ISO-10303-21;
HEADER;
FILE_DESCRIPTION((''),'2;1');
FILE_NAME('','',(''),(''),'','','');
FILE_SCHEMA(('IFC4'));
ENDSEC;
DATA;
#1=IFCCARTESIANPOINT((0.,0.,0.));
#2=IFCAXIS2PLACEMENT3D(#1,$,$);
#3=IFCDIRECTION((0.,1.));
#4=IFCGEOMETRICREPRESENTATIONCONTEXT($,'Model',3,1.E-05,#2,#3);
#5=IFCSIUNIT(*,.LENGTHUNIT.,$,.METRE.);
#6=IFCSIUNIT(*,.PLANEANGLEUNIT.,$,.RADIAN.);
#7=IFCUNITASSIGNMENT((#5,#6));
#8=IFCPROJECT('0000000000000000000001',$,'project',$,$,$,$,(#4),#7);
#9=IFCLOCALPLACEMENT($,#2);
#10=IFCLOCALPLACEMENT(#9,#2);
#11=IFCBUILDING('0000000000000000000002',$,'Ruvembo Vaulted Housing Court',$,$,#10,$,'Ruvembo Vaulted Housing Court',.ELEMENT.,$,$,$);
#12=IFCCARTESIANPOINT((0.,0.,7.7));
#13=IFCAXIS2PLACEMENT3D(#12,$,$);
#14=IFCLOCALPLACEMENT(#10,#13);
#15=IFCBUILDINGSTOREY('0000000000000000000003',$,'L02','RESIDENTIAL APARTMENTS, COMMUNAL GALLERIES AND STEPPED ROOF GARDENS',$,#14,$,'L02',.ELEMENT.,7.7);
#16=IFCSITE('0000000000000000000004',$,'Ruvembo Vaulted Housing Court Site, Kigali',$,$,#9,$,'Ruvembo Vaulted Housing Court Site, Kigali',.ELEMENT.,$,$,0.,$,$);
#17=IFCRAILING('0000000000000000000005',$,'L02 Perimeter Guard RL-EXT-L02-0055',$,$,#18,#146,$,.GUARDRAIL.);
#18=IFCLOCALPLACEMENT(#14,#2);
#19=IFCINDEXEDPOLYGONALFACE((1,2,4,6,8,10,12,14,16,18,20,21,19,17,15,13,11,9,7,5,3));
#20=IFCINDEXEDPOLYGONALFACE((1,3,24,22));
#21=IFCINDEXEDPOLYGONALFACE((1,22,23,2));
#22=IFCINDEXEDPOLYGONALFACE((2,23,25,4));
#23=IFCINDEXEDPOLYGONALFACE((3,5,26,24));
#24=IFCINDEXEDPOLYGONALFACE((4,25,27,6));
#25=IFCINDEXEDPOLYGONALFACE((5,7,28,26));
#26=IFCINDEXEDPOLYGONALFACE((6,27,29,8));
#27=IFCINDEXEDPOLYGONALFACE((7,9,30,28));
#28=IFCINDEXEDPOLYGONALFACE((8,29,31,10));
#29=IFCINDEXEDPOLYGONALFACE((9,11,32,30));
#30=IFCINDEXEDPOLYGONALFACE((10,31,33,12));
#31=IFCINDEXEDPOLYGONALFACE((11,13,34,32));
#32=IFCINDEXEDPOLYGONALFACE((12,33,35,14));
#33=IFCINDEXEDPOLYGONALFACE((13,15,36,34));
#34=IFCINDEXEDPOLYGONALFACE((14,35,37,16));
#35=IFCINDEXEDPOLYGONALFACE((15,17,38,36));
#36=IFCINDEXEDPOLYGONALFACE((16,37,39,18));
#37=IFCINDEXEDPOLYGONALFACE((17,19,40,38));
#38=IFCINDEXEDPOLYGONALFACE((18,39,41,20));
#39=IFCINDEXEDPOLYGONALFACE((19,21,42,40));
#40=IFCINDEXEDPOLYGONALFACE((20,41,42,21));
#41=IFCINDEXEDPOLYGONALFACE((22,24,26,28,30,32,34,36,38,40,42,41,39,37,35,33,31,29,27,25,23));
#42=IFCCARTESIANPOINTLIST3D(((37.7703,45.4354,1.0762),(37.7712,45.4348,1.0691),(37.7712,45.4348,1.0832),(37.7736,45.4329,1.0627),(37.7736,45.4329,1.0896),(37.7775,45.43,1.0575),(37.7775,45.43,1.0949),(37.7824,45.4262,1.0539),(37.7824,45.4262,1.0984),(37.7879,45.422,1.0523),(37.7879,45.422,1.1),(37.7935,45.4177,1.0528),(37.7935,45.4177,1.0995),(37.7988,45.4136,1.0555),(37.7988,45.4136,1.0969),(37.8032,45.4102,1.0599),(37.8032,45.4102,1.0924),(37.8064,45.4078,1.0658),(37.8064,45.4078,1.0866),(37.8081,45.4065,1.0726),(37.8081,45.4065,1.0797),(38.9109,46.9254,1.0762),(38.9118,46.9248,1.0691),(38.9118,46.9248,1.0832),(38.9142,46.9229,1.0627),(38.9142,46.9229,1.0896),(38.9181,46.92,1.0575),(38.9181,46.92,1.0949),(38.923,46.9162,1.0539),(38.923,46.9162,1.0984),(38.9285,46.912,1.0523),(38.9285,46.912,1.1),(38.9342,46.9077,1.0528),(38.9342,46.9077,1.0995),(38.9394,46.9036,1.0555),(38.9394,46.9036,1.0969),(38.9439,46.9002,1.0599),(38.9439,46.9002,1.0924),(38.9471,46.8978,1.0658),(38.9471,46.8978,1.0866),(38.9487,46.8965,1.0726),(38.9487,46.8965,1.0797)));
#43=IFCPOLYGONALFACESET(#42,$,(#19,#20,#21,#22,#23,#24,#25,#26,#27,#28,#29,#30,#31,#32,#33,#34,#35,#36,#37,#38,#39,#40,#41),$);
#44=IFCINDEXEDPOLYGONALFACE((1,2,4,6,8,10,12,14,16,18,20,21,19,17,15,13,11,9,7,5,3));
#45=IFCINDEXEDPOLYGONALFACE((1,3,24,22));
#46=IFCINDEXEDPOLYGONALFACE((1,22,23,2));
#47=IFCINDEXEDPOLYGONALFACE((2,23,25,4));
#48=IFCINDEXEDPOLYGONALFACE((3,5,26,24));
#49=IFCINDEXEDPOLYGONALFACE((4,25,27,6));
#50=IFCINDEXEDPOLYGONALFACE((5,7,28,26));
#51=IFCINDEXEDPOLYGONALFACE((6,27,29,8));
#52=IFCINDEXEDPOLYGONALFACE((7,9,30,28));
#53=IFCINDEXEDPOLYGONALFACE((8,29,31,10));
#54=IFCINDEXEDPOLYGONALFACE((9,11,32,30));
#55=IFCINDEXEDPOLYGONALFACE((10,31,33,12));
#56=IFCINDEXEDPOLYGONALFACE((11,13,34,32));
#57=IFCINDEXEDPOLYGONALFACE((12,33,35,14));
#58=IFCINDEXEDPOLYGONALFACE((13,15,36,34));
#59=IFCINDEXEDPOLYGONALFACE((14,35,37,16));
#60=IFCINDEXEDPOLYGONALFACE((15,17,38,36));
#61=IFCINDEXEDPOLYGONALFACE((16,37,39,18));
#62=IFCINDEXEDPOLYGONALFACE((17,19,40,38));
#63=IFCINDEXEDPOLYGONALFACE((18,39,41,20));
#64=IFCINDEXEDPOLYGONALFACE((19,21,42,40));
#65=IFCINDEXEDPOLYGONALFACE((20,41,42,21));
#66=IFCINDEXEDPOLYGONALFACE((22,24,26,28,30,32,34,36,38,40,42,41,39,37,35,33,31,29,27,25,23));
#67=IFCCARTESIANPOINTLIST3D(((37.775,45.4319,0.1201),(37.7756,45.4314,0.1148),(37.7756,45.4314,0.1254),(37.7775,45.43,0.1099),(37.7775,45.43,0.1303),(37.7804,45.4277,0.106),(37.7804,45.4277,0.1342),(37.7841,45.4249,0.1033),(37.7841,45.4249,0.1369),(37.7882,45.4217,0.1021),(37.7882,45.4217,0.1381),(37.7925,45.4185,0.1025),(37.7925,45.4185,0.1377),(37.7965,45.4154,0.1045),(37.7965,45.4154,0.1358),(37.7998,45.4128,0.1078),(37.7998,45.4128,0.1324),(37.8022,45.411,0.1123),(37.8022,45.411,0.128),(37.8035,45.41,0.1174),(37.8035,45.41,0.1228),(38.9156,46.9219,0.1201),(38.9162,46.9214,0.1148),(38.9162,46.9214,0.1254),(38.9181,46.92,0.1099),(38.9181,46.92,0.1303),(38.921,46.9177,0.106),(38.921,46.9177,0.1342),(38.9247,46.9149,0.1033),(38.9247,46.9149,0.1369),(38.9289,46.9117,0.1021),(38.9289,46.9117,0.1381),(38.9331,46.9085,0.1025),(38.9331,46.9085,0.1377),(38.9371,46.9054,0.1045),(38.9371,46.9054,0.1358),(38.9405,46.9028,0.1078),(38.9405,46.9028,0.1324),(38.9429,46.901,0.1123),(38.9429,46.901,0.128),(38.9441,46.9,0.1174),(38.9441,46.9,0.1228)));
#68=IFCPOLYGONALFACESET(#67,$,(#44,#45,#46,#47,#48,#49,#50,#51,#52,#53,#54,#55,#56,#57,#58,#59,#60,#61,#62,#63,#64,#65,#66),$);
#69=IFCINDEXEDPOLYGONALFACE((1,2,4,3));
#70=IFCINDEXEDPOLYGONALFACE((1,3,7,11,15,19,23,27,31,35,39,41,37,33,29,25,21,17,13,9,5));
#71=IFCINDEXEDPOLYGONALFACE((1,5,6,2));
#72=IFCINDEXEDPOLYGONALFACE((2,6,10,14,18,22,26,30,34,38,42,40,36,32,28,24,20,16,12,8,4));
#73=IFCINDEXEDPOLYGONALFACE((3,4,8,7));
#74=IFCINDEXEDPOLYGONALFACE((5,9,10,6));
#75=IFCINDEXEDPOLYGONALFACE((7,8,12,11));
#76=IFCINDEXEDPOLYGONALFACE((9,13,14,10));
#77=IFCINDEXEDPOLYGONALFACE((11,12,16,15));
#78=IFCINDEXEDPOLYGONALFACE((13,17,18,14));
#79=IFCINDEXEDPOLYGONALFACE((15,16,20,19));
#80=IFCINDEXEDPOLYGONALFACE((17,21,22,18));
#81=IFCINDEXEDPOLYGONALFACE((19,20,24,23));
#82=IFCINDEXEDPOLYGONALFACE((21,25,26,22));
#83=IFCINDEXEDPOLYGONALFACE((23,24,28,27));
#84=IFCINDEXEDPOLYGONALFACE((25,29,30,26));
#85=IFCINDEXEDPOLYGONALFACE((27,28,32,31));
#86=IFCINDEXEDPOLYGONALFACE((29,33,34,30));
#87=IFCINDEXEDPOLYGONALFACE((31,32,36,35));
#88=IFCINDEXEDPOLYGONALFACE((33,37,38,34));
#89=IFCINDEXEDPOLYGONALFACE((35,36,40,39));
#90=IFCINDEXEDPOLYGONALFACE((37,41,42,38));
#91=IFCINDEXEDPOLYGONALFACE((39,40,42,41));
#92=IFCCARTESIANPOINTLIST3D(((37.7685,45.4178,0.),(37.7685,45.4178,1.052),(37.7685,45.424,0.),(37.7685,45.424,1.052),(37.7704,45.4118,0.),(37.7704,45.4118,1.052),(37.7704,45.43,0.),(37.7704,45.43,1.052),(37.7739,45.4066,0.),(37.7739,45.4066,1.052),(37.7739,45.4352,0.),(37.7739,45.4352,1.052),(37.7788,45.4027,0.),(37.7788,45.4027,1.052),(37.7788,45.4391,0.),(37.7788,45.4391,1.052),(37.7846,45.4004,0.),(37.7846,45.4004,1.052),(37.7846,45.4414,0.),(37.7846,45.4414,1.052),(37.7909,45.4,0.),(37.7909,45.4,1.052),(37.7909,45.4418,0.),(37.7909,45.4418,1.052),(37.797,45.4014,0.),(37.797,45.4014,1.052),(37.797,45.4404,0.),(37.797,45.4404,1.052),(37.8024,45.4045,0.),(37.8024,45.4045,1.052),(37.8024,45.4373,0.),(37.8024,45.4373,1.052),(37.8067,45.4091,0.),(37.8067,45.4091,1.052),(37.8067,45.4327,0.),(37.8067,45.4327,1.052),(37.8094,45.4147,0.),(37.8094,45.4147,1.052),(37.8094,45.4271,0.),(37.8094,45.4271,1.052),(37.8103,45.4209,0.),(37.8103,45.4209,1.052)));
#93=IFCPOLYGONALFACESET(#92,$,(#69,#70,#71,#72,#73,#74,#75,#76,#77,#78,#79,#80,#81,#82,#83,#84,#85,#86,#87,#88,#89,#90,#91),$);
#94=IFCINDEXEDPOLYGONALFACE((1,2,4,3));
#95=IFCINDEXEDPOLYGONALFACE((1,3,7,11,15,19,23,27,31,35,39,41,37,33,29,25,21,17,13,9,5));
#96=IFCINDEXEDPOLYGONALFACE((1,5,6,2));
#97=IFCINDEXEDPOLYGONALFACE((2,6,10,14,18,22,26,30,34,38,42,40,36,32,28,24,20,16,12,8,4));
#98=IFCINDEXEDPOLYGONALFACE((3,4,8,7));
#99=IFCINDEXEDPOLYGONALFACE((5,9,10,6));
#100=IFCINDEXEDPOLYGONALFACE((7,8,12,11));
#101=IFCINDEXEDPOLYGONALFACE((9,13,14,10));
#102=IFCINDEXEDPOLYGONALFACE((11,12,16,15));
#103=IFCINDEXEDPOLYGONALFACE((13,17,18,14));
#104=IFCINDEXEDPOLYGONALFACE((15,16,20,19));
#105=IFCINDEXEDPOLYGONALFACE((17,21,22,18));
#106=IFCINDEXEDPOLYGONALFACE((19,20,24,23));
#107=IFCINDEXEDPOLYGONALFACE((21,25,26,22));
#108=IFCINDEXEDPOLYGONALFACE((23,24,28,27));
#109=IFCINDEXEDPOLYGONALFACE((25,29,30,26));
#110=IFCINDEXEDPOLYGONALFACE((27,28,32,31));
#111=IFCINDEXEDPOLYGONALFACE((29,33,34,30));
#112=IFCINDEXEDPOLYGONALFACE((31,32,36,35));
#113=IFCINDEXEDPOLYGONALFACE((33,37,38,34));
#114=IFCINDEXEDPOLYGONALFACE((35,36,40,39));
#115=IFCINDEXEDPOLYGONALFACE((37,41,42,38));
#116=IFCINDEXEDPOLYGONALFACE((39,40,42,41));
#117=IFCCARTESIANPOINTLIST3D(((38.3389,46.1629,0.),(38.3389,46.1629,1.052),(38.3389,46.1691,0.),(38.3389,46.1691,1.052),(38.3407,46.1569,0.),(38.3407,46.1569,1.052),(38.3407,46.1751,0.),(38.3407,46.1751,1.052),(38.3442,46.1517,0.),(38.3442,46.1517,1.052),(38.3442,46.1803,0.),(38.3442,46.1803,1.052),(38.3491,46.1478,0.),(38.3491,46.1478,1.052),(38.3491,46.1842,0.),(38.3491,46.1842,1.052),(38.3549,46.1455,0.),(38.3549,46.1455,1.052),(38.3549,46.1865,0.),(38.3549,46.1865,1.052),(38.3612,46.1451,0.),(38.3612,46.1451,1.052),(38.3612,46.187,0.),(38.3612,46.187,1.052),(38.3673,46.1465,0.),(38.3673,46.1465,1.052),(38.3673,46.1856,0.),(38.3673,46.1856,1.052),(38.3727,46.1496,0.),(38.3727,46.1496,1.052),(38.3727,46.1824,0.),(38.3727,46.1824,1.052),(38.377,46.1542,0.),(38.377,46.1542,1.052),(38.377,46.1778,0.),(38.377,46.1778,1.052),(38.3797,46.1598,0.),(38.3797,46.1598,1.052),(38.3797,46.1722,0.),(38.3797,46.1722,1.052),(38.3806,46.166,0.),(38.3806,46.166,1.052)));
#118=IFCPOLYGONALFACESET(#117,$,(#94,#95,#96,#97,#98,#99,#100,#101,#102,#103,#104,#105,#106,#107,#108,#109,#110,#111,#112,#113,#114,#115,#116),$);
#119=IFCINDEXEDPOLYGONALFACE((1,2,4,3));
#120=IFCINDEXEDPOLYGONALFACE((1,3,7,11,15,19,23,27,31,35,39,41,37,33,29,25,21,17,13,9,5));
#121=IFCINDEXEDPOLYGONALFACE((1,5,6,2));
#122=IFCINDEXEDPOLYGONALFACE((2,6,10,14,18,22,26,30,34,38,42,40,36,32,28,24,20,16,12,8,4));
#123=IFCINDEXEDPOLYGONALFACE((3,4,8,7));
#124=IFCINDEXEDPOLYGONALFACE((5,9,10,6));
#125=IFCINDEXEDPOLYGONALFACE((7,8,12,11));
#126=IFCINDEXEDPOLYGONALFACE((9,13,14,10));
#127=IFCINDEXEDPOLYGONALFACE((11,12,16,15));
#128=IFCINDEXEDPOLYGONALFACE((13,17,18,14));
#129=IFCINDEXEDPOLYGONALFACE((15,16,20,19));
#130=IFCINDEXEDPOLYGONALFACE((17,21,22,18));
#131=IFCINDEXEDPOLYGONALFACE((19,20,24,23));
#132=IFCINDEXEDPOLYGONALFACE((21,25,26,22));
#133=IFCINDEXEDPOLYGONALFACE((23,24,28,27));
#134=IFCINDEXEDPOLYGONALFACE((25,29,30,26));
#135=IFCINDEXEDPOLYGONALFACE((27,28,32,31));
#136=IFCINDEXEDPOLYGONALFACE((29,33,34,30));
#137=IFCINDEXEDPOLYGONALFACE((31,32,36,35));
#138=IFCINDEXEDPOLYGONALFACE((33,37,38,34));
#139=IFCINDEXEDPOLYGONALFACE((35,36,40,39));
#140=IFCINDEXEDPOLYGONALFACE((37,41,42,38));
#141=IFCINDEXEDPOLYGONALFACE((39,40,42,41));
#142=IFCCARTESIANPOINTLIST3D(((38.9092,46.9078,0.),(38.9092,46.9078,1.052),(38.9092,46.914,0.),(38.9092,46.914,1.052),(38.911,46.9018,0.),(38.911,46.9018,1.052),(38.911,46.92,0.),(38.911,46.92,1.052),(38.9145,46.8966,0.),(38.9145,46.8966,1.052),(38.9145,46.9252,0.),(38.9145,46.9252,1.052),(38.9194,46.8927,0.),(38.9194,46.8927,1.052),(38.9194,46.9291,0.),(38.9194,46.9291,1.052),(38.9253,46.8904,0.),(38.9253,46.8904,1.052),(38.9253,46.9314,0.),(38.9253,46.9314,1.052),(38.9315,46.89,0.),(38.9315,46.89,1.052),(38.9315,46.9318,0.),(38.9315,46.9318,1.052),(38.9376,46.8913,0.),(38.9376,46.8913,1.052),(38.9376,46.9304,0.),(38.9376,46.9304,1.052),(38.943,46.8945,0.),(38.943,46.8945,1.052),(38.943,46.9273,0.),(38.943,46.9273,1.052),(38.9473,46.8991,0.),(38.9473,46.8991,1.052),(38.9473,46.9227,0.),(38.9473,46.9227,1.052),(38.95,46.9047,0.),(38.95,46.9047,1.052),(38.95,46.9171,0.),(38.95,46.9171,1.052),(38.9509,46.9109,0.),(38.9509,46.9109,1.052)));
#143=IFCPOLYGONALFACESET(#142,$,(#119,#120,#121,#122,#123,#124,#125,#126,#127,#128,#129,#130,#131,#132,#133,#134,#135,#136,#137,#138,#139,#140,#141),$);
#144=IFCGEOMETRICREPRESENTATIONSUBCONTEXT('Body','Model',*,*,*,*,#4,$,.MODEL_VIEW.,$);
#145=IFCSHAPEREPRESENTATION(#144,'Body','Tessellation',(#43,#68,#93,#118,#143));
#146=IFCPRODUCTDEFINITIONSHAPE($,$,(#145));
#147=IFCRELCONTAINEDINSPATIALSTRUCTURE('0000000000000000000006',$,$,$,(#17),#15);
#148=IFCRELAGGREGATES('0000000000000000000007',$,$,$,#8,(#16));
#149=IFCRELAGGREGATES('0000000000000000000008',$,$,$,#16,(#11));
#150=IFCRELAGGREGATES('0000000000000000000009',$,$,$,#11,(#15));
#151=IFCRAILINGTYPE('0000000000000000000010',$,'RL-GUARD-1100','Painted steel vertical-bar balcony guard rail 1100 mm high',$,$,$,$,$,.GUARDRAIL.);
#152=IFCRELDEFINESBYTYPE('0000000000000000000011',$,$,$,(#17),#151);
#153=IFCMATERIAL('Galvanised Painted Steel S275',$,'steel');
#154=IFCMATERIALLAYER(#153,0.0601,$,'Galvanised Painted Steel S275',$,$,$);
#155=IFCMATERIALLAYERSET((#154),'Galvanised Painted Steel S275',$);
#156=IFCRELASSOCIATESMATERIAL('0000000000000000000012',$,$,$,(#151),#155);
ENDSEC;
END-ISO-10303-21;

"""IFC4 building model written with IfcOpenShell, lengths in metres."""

from ifc_helpers import new_model, si_unit, direction, frame, origin, origin_2d, place, context, subcontext, project, spatial, circle, extrude, material, layer, layer_set, type_object, element, save


model = new_model("IFC4")

# Units and contexts
model_context = context("Model", 3, precision=1e-05, world=origin(), true_north=direction((0.0, 1.0)))
body_context = subcontext(model_context, "Body", "Model", "MODEL_VIEW")
ifc_project = project(units=[si_unit("LENGTHUNIT", "METRE"), si_unit("PLANEANGLEUNIT", "RADIAN")], contexts=[model_context])

# Site, building, storey
site_placement = place(None, origin())
site = spatial("IfcSite", under=ifc_project, at=site_placement, Name="Ruvembo Vaulted Housing Court Site, Kigali", LongName="Ruvembo Vaulted Housing Court Site, Kigali", CompositionType="ELEMENT", RefElevation=0.0)
building_placement = place(site_placement, origin())
building = spatial("IfcBuilding", under=site, at=building_placement, Name="Ruvembo Vaulted Housing Court", LongName="Ruvembo Vaulted Housing Court", CompositionType="ELEMENT")
storey_placement = place(building_placement, frame((0.0, 0.0, 7.7)))
storey = spatial("IfcBuildingStorey", under=building, at=storey_placement, Name="L02", Description="RESIDENTIAL APARTMENTS, COMMUNAL GALLERIES AND STEPPED ROOF GARDENS", LongName="L02", CompositionType="ELEMENT", Elevation=7.7)

# Railing
ifc_material_1 = material(Name="Galvanised Painted Steel S275", Category="steel")
ifc_layer_1 = layer(ifc_material_1, 0.0601, Name="Galvanised Painted Steel S275")
ifc_layer_set_1 = layer_set([ifc_layer_1], Name="Galvanised Painted Steel S275")
railing_type = type_object("IfcRailingType", Name="RL-GUARD-1100", Description="Painted steel vertical-bar balcony guard rail 1100 mm high", PredefinedType="GUARDRAIL", material=ifc_layer_set_1)
railing_1_placement = place(storey_placement, frame((37.7893, 45.4209, 0.0)))
element("IfcRailing", 1, at=railing_1_placement, inside=storey, type_object=railing_type, Name="L02 Perimeter Guard RL-EXT-L02-0055", PredefinedType="GUARDRAIL", context=body_context, shape_type="SweptSolid", body=[
    extrude(circle(Radius=0.0239, at=origin_2d()), frame((0.0, 0.0, 1.0762), z_axis=(0.607861, 0.794044, 0.0), x_axis=(-0.794044, 0.607861, 0.0)), (0.0, 0.0, 1.0), 1.8765),
    extrude(circle(Radius=0.0181, at=origin_2d()), frame((0.0, 0.0, 0.1201), z_axis=(0.607861, 0.794044, 0.0), x_axis=(-0.794044, 0.607861, 0.0)), (0.0, 0.0, 1.0), 1.8765),
    extrude(circle(Radius=0.021, at=origin_2d()), origin(), (0.0, 0.0, 1.0), 1.052),
    extrude(circle(Radius=0.021, at=origin_2d()), frame((0.5703, 0.7451, 0.0)), (0.0, 0.0, 1.0), 1.052),
    extrude(circle(Radius=0.021, at=origin_2d()), frame((1.1406, 1.49, 0.0)), (0.0, 0.0, 1.0), 1.052),
])

save(model, "model.ifc")
